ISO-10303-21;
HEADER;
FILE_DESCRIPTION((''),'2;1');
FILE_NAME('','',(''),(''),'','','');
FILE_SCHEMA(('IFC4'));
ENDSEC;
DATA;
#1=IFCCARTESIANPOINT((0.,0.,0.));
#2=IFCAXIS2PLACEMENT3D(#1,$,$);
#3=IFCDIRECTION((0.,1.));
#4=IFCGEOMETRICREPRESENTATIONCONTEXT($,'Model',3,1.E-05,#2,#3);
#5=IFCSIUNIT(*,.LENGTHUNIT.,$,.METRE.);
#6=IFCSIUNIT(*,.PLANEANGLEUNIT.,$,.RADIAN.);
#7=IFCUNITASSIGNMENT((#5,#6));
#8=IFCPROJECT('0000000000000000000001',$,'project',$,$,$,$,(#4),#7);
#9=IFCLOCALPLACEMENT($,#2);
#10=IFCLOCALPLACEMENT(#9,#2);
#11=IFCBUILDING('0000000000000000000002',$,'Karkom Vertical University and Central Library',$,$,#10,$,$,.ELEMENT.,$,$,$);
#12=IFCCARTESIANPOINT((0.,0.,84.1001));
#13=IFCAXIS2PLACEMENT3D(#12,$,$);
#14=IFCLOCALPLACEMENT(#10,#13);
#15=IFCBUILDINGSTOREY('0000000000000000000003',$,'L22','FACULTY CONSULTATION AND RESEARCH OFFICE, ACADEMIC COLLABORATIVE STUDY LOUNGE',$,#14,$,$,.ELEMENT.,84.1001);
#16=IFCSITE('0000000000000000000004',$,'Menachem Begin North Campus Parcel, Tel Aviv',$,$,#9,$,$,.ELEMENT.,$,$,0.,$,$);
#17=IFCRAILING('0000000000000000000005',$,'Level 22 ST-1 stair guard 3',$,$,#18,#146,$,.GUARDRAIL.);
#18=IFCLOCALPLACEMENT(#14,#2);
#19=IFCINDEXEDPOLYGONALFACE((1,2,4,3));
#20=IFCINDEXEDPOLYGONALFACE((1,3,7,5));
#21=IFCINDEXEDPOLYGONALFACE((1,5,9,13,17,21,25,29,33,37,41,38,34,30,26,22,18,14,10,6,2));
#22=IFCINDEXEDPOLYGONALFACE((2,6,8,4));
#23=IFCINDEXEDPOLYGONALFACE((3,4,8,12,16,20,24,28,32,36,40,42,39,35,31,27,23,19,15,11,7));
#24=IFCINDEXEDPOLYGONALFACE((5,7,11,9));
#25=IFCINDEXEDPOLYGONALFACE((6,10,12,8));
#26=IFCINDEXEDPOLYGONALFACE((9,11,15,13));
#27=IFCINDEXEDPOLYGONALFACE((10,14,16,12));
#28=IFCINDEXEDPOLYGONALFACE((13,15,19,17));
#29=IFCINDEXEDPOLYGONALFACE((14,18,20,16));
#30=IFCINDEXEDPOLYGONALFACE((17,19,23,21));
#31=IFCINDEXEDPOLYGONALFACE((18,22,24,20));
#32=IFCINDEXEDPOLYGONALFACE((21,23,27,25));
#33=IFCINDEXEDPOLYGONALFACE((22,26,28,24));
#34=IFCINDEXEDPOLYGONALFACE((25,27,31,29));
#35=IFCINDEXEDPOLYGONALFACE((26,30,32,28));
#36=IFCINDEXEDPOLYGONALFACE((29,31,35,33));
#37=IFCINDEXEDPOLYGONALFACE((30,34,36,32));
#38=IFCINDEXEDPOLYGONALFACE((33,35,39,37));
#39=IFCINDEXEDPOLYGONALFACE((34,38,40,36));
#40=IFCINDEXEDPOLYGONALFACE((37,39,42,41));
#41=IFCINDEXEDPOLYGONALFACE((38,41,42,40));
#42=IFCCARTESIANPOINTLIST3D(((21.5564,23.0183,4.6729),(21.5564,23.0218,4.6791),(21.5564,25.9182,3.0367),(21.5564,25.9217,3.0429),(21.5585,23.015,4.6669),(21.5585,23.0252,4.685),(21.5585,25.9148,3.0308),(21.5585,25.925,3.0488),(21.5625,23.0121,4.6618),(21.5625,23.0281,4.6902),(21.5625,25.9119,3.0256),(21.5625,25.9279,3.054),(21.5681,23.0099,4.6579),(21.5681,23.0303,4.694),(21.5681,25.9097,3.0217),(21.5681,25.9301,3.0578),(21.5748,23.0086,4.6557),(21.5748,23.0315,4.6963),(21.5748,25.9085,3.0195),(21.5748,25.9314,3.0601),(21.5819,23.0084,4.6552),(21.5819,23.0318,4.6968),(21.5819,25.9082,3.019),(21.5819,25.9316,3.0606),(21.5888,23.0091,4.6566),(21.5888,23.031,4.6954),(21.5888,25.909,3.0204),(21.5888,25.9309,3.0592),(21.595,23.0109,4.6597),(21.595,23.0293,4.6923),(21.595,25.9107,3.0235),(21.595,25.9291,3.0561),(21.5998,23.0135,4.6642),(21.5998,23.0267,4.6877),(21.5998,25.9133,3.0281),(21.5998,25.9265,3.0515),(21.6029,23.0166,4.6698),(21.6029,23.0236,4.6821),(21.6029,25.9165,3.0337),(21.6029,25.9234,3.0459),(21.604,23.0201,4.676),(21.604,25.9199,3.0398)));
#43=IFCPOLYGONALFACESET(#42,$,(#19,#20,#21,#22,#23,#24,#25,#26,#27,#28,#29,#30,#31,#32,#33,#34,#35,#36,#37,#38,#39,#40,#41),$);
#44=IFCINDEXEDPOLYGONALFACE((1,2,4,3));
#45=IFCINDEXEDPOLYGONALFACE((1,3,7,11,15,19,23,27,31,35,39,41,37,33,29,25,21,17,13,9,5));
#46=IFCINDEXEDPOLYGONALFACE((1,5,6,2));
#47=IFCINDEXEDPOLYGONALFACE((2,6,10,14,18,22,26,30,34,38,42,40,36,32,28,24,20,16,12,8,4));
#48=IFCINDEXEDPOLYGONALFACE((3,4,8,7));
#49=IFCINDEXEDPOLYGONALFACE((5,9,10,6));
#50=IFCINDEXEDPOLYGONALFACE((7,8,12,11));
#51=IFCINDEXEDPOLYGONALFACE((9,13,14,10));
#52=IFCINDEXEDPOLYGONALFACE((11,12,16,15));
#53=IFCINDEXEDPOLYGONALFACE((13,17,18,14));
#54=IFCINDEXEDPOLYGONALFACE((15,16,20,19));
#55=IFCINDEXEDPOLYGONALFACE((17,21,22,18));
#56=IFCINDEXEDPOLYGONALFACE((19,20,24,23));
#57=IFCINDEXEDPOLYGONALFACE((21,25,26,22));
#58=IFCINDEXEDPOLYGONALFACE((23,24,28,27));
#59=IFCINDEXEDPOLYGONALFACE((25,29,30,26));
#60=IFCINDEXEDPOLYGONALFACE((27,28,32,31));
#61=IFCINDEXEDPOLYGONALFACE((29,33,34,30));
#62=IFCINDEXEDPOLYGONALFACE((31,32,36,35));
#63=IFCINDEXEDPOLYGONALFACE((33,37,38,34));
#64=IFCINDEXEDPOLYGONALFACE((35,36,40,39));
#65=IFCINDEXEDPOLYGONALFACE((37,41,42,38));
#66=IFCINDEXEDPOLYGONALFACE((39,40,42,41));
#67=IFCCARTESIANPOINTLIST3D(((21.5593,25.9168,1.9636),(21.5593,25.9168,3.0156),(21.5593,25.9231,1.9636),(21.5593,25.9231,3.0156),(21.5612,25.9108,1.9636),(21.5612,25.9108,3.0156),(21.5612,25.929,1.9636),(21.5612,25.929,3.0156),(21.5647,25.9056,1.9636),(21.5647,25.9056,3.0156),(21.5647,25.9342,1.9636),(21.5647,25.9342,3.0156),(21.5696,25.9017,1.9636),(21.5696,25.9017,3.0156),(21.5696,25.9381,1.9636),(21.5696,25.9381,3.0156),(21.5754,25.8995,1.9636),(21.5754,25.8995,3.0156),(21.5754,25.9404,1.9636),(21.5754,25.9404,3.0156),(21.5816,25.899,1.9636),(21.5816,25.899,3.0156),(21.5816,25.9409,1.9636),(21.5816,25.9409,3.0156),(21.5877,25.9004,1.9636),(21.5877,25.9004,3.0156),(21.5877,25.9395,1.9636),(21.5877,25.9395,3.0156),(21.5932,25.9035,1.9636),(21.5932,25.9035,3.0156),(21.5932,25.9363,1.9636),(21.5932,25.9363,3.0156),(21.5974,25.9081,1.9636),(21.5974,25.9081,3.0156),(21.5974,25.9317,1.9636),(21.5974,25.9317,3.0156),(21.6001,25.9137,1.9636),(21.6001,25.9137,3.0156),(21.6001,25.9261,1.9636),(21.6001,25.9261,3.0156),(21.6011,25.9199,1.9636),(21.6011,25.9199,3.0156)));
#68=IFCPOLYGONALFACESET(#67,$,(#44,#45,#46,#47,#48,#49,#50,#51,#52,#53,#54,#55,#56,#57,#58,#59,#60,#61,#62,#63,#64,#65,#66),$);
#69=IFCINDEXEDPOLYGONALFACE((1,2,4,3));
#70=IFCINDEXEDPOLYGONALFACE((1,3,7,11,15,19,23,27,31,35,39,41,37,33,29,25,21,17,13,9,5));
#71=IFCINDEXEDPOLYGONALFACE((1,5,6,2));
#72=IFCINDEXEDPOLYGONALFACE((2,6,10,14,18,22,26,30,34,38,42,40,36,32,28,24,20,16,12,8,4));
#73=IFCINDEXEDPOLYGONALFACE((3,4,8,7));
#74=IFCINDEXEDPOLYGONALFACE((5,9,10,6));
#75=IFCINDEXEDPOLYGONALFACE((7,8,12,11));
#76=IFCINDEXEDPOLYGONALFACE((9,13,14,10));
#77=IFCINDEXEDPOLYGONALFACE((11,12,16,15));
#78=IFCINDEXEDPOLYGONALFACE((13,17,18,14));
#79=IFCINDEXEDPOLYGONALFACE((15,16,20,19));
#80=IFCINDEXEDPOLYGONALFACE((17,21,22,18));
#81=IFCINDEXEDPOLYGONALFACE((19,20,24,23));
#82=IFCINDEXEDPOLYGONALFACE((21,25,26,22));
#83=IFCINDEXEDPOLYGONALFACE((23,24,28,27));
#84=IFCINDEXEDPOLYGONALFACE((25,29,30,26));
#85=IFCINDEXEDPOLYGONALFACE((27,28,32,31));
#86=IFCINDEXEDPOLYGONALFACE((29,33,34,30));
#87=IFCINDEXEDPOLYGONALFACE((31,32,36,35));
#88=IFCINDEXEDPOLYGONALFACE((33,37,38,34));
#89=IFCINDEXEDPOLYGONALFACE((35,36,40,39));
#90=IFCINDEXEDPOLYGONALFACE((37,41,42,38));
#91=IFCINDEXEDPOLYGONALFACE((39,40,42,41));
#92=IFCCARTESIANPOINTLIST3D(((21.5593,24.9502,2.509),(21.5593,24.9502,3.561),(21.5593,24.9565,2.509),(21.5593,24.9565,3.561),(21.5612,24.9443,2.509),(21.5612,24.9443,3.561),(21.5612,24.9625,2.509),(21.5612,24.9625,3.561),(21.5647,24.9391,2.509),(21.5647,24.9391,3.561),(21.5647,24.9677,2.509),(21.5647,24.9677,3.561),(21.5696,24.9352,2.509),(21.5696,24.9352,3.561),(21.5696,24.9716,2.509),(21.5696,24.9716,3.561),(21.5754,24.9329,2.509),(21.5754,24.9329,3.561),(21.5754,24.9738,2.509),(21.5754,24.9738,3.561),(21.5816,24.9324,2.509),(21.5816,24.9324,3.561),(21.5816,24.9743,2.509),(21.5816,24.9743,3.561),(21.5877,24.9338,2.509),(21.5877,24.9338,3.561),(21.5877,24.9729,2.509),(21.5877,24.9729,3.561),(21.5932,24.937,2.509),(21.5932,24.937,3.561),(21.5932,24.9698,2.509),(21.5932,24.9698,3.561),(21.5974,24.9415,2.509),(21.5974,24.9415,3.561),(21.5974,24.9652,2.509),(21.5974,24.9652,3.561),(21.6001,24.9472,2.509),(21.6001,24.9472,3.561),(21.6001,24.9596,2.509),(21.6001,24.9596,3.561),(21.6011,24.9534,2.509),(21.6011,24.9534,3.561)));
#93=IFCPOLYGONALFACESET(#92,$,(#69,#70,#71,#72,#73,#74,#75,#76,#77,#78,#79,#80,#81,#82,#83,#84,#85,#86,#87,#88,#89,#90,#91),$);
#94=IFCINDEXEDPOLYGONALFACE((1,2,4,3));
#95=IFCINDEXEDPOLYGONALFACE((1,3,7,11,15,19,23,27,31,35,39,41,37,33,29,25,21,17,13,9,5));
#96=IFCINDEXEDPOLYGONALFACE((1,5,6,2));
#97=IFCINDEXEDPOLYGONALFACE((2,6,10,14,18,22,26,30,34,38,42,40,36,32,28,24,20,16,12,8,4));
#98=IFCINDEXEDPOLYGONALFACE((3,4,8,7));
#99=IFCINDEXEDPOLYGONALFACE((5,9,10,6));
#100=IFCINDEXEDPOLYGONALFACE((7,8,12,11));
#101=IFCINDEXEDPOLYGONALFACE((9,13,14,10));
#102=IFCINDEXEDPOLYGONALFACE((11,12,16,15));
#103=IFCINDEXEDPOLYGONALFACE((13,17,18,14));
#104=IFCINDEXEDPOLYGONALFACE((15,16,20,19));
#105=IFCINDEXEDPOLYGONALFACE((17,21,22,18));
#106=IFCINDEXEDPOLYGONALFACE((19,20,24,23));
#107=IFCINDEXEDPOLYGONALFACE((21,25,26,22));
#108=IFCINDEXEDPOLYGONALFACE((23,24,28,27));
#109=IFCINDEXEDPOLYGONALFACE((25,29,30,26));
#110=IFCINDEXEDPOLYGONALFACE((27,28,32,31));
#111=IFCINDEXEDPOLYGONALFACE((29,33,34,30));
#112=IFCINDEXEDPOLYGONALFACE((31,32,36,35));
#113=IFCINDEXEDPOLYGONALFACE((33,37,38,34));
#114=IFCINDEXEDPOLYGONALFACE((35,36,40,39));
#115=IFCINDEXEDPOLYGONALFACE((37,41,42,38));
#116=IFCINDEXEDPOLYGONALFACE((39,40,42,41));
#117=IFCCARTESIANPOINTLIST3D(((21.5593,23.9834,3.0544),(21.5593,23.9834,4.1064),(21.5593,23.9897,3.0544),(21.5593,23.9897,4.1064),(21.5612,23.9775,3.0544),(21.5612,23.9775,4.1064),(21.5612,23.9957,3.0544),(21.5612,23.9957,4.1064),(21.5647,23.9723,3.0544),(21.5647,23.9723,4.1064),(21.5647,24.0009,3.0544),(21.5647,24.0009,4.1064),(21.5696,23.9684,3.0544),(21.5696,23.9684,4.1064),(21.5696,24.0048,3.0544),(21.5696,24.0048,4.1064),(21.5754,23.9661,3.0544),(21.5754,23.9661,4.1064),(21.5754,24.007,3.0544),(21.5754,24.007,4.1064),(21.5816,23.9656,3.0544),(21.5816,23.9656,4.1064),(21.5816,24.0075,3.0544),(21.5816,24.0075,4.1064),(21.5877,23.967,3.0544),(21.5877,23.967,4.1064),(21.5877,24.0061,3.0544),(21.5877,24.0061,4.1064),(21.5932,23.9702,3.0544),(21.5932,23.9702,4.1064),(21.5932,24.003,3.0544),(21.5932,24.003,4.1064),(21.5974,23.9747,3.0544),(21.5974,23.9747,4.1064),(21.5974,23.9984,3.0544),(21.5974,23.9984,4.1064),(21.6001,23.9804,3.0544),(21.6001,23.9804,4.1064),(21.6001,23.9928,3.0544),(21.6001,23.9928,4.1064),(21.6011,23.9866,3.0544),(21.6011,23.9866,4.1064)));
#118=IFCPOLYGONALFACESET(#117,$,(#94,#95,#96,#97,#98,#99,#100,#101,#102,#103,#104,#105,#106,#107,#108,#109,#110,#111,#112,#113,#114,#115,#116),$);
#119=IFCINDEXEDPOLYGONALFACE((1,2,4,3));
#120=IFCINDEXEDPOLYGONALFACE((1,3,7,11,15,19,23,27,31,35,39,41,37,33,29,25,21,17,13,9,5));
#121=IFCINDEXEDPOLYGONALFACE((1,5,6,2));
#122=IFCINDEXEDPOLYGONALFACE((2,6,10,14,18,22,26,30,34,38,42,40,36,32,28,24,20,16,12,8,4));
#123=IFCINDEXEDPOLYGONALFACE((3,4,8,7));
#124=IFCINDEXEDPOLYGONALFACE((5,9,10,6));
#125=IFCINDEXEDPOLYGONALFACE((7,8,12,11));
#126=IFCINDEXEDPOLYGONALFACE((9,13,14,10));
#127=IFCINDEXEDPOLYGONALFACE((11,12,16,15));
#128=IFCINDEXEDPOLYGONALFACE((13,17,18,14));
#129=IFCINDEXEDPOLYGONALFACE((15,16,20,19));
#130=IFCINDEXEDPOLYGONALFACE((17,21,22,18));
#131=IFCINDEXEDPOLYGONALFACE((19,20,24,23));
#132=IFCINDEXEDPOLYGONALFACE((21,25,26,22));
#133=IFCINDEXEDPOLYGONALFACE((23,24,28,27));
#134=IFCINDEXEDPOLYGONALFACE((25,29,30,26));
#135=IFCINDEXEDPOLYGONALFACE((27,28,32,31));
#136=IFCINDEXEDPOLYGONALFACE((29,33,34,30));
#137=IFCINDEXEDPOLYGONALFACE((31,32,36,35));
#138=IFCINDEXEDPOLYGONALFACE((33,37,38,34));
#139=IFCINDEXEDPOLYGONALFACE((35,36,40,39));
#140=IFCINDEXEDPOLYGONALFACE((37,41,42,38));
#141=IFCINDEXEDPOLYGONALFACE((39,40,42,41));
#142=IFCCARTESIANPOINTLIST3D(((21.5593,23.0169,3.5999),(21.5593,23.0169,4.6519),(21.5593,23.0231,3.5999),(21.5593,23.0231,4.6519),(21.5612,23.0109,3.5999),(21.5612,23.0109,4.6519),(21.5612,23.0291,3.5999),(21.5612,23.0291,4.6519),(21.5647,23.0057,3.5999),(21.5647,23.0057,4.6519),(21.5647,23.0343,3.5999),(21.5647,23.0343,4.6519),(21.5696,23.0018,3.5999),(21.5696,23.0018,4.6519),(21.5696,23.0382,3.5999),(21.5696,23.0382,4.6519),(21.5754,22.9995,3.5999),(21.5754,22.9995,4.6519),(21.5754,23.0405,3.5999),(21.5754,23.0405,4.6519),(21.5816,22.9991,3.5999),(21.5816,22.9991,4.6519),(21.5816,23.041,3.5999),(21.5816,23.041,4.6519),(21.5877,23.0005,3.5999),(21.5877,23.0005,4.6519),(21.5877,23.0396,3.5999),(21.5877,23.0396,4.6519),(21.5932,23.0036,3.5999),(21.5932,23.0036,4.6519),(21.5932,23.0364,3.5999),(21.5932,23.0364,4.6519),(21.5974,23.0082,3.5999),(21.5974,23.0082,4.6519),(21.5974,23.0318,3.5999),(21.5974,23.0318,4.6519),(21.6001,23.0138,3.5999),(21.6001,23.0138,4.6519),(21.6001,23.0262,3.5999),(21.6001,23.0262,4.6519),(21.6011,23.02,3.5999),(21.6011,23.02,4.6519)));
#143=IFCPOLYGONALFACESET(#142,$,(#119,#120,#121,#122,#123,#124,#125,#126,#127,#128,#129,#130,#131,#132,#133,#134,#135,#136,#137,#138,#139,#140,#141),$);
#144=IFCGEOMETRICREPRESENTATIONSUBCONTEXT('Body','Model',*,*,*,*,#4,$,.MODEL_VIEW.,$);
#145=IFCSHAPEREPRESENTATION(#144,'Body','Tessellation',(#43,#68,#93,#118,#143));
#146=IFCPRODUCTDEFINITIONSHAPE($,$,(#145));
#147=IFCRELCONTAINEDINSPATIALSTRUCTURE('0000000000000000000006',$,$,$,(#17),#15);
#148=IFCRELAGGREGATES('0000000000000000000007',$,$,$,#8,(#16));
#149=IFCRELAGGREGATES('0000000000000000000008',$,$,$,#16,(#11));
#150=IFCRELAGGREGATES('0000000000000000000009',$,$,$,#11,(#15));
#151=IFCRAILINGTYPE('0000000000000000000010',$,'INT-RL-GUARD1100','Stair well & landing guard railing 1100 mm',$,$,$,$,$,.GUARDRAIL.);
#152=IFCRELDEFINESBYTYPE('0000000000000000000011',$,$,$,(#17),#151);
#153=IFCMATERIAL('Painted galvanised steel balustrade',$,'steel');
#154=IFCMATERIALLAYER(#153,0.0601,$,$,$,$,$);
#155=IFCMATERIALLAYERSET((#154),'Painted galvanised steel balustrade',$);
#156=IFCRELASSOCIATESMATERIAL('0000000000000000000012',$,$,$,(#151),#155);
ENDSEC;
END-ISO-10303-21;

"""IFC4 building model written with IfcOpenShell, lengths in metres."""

from ifc_helpers import new_model, si_unit, direction, frame, origin, origin_2d, place, context, subcontext, project, spatial, circle, extrude, material, layer, layer_set, type_object, element, save


model = new_model("IFC4")

# Units and contexts
model_context = context("Model", 3, precision=1e-05, world=origin(), true_north=direction((0.0, 1.0)))
body_context = subcontext(model_context, "Body", "Model", "MODEL_VIEW")
ifc_project = project(units=[si_unit("LENGTHUNIT", "METRE"), si_unit("PLANEANGLEUNIT", "RADIAN")], contexts=[model_context])

# Site, building, storey
site_placement = place(None, origin())
site = spatial("IfcSite", under=ifc_project, at=site_placement, Name="Menachem Begin North Campus Parcel, Tel Aviv", CompositionType="ELEMENT", RefElevation=0.0)
building_placement = place(site_placement, origin())
building = spatial("IfcBuilding", under=site, at=building_placement, Name="Karkom Vertical University and Central Library", CompositionType="ELEMENT")
storey_placement = place(building_placement, frame((0.0, 0.0, 84.1001)))
storey = spatial("IfcBuildingStorey", under=building, at=storey_placement, Name="L22", Description="FACULTY CONSULTATION AND RESEARCH OFFICE, ACADEMIC COLLABORATIVE STUDY LOUNGE", CompositionType="ELEMENT", Elevation=84.1001)

# Railing
ifc_material_1 = material(Name="Painted galvanised steel balustrade", Category="steel")
ifc_layer_1 = layer(ifc_material_1, 0.0601)
ifc_layer_set_1 = layer_set([ifc_layer_1], Name="Painted galvanised steel balustrade")
railing_type_1 = type_object("IfcRailingType", Name="INT-RL-GUARD1100", Description="Stair well & landing guard railing 1100 mm", PredefinedType="GUARDRAIL", material=ifc_layer_set_1)
railing_1_placement = place(storey_placement, frame((21.5801, 25.9199, 1.9636)))
element("IfcRailing", 1, at=railing_1_placement, inside=storey, type_object=railing_type_1, Name="Level 22 ST-1 stair guard 3", PredefinedType="GUARDRAIL", context=body_context, shape_type="SweptSolid", body=[
    extrude(circle(Radius=0.0239, at=origin_2d()), frame((0.0, 0.0, 1.0762), z_axis=(0.0, -0.870929, 0.49141), x_axis=(1.0, 0.0, 0.0)), (0.0, 0.0, 1.0), 3.3296),
    extrude(circle(Radius=0.021, at=origin_2d()), origin(), (0.0, 0.0, 1.0), 1.052),
    extrude(circle(Radius=0.021, at=origin_2d()), frame((0.0, -0.9666, 0.5454)), (0.0, 0.0, 1.0), 1.052),
    extrude(circle(Radius=0.021, at=origin_2d()), frame((0.0, -1.9333, 1.0908)), (0.0, 0.0, 1.0), 1.052),
    extrude(circle(Radius=0.021, at=origin_2d()), frame((0.0, -2.8999, 1.6362)), (0.0, 0.0, 1.0), 1.052),
])

save(model, "model.ifc")
